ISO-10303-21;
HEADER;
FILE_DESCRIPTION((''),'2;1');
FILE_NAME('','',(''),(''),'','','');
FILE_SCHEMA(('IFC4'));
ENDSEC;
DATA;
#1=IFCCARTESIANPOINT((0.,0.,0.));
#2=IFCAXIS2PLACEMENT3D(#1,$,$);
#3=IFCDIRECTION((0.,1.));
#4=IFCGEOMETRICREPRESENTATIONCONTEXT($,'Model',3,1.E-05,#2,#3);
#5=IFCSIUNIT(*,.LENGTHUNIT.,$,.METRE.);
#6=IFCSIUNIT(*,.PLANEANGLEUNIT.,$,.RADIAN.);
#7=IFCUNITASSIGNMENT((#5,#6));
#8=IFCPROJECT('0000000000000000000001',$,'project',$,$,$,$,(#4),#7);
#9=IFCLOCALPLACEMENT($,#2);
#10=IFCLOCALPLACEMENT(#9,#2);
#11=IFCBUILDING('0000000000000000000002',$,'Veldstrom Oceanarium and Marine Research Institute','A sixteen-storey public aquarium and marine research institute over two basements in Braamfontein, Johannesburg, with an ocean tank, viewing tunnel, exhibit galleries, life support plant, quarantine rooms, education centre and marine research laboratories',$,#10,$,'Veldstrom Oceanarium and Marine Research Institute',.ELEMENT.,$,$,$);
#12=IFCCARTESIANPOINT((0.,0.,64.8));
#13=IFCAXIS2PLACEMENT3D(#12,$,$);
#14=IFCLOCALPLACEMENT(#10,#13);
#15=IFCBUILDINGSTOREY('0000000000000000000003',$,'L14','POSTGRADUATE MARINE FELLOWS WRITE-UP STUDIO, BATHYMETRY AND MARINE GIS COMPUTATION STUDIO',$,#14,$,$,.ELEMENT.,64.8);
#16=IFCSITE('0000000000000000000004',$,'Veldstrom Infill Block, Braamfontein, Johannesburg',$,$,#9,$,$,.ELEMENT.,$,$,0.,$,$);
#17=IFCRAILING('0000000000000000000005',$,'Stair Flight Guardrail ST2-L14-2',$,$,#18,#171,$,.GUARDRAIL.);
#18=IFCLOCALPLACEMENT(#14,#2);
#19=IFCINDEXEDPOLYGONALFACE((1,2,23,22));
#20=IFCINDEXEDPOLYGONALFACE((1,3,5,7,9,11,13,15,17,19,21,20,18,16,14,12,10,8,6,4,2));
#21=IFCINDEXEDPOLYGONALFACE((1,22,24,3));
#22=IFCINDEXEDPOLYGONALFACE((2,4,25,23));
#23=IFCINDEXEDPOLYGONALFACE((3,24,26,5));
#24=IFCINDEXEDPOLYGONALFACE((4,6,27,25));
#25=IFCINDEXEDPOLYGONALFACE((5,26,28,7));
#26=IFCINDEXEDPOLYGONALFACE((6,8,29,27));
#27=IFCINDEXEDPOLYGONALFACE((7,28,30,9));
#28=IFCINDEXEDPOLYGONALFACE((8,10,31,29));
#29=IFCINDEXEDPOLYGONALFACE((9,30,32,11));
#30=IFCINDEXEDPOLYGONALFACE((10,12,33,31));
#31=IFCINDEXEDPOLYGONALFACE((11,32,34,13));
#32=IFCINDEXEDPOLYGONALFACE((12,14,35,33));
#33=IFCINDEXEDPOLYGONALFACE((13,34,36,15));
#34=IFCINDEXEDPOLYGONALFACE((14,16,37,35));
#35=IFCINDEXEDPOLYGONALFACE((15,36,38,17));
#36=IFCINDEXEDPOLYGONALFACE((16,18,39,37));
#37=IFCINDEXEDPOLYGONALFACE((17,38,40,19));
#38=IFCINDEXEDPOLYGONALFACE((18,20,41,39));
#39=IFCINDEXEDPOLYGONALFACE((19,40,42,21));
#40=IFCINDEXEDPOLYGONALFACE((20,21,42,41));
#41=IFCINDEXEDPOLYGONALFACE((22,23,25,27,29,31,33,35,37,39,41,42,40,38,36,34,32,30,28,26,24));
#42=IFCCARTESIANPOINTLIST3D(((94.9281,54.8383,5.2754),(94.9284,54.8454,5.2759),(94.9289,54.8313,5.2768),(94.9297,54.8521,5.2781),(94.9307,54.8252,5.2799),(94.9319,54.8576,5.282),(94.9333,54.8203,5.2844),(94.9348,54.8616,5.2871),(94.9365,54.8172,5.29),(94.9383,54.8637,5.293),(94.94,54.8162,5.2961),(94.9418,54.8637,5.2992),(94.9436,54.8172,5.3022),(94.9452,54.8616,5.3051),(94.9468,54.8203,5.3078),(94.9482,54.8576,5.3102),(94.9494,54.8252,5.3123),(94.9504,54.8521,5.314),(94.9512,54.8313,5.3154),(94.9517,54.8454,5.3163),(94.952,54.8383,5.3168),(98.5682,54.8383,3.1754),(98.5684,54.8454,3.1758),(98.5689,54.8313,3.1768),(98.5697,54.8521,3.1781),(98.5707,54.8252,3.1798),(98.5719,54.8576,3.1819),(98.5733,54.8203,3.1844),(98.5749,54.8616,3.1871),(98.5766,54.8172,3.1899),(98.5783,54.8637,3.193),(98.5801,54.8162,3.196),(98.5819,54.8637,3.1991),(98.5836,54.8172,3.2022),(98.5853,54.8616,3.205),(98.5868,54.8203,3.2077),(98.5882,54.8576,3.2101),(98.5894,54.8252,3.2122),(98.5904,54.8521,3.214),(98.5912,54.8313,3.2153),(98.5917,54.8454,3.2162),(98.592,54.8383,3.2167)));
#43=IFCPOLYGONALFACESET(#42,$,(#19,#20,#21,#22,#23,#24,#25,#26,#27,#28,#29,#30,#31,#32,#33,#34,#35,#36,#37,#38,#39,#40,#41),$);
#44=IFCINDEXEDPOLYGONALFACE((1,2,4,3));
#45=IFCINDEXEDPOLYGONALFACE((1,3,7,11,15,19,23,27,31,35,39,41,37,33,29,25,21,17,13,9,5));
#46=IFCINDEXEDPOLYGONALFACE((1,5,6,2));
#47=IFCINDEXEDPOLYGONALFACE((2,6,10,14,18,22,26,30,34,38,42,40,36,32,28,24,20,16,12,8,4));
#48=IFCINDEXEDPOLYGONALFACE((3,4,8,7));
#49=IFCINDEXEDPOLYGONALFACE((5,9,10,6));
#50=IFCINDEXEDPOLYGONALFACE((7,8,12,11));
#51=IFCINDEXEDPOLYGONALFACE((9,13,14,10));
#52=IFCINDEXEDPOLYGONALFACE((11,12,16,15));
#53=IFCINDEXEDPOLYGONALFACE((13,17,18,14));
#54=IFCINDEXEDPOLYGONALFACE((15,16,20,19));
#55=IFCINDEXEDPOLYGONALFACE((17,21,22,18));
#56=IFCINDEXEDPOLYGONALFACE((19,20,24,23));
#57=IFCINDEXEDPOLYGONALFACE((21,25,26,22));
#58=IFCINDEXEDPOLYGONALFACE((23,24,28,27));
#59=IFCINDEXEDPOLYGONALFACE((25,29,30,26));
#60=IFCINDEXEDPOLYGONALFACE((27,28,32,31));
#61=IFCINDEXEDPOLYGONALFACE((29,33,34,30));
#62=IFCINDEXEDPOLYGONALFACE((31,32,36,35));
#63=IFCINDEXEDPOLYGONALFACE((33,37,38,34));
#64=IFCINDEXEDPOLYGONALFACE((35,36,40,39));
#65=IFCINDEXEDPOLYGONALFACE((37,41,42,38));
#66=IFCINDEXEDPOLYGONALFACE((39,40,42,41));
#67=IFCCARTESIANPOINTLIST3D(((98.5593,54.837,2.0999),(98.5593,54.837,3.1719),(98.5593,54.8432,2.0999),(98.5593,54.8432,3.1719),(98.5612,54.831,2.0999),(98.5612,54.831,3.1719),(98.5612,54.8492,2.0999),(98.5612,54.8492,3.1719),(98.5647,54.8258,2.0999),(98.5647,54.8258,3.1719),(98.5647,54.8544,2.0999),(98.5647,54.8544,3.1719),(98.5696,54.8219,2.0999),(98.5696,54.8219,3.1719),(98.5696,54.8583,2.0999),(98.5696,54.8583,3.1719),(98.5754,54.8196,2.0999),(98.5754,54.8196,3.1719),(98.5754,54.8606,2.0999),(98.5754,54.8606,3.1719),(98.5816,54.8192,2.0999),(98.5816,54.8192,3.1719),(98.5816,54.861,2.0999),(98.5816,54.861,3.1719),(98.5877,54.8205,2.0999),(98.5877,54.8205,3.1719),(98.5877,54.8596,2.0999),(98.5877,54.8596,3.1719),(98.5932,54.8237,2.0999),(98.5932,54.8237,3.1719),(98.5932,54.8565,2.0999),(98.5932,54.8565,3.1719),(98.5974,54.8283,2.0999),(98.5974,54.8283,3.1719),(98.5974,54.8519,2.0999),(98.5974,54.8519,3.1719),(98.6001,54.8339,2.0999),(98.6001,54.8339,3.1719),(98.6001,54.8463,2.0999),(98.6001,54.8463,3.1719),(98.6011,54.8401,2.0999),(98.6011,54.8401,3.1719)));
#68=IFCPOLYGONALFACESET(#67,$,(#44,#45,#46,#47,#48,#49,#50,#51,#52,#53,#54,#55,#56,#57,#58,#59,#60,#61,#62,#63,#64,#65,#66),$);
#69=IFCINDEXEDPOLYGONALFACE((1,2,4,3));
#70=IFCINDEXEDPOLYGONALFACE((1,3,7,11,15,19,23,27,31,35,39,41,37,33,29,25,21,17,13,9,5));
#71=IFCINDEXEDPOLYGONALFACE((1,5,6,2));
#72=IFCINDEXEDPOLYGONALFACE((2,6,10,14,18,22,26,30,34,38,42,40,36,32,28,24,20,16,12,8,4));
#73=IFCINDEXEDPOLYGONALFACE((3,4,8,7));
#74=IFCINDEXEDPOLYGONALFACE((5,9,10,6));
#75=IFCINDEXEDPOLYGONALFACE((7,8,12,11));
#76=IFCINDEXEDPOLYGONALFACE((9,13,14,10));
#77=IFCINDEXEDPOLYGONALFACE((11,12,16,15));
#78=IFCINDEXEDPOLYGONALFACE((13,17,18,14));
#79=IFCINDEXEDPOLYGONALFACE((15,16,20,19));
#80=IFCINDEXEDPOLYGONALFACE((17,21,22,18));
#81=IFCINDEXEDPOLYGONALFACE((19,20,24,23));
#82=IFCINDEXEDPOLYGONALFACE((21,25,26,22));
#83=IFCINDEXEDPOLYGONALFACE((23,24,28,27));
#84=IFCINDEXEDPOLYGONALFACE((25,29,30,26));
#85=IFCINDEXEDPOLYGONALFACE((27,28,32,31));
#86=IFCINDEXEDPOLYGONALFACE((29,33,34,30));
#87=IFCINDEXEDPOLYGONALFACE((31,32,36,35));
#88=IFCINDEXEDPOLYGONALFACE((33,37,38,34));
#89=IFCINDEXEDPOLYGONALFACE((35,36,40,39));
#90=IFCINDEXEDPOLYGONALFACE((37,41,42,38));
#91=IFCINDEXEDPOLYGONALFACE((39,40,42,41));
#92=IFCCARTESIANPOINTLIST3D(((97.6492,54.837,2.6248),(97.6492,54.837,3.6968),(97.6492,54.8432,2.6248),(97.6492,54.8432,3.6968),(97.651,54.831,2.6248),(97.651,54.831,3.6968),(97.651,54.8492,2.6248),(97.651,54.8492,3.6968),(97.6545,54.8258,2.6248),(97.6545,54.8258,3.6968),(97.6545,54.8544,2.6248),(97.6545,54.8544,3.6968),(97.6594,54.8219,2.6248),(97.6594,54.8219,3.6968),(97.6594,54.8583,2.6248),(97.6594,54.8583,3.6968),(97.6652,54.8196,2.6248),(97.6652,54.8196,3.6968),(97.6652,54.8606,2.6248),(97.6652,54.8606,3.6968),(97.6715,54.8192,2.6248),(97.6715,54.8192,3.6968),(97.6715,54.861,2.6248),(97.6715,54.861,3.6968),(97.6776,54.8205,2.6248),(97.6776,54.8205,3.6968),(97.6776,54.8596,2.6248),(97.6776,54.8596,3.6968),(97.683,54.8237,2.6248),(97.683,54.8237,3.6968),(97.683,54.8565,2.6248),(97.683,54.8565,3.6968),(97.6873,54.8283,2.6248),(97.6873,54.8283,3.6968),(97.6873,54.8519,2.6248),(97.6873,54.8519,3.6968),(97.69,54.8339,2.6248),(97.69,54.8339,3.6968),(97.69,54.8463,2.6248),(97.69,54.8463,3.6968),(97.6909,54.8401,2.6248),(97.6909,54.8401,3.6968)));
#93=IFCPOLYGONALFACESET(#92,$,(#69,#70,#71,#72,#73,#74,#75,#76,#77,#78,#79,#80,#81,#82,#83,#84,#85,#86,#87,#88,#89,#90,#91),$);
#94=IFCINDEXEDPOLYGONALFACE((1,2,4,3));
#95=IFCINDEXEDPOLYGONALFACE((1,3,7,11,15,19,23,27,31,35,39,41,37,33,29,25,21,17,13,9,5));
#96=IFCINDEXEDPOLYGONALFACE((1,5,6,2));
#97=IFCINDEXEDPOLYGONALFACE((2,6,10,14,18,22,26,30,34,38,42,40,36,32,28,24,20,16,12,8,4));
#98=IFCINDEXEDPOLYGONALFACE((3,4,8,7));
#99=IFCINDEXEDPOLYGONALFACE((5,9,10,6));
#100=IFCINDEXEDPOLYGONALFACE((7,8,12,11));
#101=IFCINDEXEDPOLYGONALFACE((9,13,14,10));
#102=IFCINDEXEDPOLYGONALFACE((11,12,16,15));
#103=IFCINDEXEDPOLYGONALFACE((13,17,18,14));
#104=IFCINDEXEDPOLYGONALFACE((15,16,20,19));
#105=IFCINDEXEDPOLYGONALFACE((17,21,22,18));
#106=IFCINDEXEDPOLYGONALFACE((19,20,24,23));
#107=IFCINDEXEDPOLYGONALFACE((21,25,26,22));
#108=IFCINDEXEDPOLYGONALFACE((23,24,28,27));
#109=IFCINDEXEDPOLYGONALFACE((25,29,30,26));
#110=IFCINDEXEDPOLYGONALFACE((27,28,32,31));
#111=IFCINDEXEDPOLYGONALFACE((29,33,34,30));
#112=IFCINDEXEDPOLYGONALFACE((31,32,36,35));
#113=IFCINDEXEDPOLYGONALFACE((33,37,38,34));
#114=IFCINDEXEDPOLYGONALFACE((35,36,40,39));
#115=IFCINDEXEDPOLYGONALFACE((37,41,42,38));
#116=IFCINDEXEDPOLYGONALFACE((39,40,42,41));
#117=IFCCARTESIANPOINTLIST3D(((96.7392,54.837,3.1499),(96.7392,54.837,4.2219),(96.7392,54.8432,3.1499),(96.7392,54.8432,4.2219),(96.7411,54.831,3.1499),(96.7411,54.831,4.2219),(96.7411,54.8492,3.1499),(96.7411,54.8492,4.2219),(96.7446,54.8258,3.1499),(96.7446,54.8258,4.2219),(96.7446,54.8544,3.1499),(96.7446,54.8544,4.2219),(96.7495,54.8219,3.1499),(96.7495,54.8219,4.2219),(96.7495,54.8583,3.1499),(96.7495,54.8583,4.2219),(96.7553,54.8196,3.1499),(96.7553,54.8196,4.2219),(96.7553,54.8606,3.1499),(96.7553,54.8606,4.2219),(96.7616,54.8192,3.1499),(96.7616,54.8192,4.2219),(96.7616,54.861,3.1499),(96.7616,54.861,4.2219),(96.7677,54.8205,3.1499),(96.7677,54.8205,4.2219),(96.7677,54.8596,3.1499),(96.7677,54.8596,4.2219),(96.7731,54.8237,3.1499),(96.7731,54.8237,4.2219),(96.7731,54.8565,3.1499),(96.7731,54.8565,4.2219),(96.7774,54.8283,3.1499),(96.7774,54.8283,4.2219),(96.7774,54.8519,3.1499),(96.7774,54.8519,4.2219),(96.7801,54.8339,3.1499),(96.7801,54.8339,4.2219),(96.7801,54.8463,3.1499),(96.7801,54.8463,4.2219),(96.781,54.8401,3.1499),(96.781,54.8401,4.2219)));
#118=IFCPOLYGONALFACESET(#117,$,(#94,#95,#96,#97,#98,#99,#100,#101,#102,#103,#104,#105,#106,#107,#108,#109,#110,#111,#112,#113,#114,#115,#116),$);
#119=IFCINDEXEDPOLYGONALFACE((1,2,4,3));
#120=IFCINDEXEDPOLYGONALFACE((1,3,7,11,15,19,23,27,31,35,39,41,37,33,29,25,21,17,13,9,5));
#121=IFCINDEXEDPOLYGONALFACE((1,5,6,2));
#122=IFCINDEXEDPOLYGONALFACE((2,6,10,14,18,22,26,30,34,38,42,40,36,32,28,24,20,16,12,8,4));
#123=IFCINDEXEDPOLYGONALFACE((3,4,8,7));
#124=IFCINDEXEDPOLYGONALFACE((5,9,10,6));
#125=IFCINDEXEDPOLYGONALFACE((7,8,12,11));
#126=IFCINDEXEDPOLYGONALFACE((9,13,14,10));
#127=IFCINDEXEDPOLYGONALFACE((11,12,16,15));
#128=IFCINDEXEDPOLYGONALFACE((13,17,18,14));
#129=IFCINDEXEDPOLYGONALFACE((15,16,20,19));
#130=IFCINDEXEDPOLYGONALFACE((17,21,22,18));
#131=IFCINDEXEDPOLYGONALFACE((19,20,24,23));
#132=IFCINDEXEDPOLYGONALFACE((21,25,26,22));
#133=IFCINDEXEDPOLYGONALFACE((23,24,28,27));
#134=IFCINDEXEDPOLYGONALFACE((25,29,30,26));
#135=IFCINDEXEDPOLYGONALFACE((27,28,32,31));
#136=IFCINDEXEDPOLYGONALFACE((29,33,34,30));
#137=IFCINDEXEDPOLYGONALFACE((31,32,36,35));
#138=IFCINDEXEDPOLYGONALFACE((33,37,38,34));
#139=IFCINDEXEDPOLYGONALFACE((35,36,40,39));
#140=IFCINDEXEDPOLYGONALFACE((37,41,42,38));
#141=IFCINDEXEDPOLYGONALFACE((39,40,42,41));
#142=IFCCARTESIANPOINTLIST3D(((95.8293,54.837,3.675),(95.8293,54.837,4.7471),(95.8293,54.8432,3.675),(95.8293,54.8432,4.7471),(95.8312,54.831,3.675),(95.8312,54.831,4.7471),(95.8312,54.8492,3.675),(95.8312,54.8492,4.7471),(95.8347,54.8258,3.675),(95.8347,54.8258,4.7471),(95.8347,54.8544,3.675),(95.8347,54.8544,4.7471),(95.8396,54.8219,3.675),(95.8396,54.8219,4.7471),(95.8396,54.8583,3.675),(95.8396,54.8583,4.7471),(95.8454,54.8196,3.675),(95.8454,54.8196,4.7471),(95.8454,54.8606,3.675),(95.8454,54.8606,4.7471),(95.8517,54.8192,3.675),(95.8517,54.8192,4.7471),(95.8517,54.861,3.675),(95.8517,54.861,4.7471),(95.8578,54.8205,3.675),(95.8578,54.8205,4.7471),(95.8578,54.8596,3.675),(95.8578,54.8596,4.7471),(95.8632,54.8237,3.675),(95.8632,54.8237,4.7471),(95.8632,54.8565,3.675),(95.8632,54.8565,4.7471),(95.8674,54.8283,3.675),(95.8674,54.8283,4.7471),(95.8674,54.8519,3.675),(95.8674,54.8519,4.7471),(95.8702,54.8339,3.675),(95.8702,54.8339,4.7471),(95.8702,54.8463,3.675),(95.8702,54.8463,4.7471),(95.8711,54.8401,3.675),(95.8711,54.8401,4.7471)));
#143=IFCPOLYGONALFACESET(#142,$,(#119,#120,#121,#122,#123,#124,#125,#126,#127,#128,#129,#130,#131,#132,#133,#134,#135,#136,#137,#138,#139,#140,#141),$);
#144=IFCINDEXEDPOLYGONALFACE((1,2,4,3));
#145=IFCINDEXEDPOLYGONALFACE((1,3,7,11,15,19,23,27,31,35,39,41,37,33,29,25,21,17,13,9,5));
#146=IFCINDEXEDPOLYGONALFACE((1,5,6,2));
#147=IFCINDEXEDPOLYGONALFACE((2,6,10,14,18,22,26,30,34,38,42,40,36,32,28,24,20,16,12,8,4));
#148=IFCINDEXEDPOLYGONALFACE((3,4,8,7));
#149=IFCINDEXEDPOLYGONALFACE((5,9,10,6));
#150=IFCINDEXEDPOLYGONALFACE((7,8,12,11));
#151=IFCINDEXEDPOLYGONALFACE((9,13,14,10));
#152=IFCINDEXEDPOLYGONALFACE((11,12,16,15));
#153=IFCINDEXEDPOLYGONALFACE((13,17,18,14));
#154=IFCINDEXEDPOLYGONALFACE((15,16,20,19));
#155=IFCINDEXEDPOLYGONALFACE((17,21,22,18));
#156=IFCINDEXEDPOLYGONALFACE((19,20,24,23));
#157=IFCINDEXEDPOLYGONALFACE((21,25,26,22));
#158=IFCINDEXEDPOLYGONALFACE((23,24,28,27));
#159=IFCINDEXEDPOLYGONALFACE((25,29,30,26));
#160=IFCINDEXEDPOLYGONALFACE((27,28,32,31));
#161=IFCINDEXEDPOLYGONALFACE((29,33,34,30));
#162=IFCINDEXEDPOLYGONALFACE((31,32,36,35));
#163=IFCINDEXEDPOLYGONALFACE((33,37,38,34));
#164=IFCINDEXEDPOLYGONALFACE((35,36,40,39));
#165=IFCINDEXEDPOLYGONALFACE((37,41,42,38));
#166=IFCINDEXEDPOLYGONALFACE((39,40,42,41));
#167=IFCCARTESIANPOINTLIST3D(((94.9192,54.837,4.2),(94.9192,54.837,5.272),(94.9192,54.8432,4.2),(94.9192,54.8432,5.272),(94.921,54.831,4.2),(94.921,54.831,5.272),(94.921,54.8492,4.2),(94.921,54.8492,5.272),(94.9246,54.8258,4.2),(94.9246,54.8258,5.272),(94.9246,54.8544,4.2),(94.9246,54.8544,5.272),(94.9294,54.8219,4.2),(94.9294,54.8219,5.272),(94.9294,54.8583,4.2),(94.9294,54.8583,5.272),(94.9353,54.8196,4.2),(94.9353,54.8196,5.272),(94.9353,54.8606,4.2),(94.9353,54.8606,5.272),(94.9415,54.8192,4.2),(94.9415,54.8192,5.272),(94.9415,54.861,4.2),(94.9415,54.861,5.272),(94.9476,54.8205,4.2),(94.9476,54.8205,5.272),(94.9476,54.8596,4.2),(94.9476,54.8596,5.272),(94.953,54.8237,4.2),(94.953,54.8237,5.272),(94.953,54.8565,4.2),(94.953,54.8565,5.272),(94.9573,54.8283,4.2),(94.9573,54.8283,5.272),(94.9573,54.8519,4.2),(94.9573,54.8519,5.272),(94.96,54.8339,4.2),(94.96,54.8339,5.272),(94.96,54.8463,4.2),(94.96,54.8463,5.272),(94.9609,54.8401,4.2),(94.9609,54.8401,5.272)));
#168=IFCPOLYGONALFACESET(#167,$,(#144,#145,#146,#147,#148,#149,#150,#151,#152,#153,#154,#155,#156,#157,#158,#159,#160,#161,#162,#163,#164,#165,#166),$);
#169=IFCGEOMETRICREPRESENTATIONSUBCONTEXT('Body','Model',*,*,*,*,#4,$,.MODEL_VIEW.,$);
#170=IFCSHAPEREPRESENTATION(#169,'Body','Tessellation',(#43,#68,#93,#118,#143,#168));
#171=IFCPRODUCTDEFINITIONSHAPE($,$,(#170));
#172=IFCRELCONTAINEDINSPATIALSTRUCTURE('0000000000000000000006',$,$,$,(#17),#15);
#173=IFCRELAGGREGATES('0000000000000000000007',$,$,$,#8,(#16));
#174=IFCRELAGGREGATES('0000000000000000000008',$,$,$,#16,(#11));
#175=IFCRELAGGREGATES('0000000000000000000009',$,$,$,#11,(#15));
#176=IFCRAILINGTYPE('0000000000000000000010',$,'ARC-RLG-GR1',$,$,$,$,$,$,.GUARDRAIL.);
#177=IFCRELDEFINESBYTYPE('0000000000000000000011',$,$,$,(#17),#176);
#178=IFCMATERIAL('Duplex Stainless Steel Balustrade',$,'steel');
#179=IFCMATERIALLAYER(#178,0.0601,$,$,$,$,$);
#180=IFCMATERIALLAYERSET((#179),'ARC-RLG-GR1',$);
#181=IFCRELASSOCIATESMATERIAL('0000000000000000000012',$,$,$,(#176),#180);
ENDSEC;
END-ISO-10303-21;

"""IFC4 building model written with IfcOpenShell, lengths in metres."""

from ifc_helpers import new_model, si_unit, direction, frame, origin, origin_2d, place, context, subcontext, project, spatial, circle, extrude, material, layer, layer_set, type_object, element, save


model = new_model("IFC4")

# Units and contexts
model_context = context("Model", 3, precision=1e-05, world=origin(), true_north=direction((0.0, 1.0)))
body_context = subcontext(model_context, "Body", "Model", "MODEL_VIEW")
ifc_project = project(units=[si_unit("LENGTHUNIT", "METRE"), si_unit("PLANEANGLEUNIT", "RADIAN")], contexts=[model_context])

# Site, building, storey
site_placement = place(None, origin())
site = spatial("IfcSite", under=ifc_project, at=site_placement, Name="Veldstrom Infill Block, Braamfontein, Johannesburg", CompositionType="ELEMENT", RefElevation=0.0)
building_placement = place(site_placement, origin())
building = spatial("IfcBuilding", under=site, at=building_placement, Name="Veldstrom Oceanarium and Marine Research Institute", Description="A sixteen-storey public aquarium and marine research institute over two basements in Braamfontein, Johannesburg, with an ocean tank, viewing tunnel, exhibit galleries, life support plant, quarantine rooms, education centre and marine research laboratories", LongName="Veldstrom Oceanarium and Marine Research Institute", CompositionType="ELEMENT")
storey_placement = place(building_placement, frame((0.0, 0.0, 64.8)))
storey = spatial("IfcBuildingStorey", under=building, at=storey_placement, Name="L14", Description="POSTGRADUATE MARINE FELLOWS WRITE-UP STUDIO, BATHYMETRY AND MARINE GIS COMPUTATION STUDIO", CompositionType="ELEMENT", Elevation=64.8)

# Railing
ifc_material_1 = material(Name="Duplex Stainless Steel Balustrade", Category="steel")
ifc_layer_1 = layer(ifc_material_1, 0.0601)
ifc_layer_set_1 = layer_set([ifc_layer_1], Name="ARC-RLG-GR1")
railing_type_1 = type_object("IfcRailingType", Name="ARC-RLG-GR1", PredefinedType="GUARDRAIL", material=ifc_layer_set_1)
railing_1_placement = place(storey_placement, frame((98.5801, 54.8401, 2.0999)))
element("IfcRailing", 1, at=railing_1_placement, inside=storey, type_object=railing_type_1, Name="Stair Flight Guardrail ST2-L14-2", PredefinedType="GUARDRAIL", context=body_context, shape_type="SweptSolid", body=[
    extrude(circle(Radius=0.0239, at=origin_2d()), frame((0.0, 0.0, 1.0962), z_axis=(-0.866184, 0.0, 0.499726), x_axis=(0.0, -1.0, 0.0)), (0.0, 0.0, 1.0), 4.2024),
    extrude(circle(Radius=0.021, at=origin_2d()), origin(), (0.0, 0.0, 1.0), 1.072),
    extrude(circle(Radius=0.021, at=origin_2d()), frame((-0.9102, 0.0, 0.5249)), (0.0, 0.0, 1.0), 1.072),
    extrude(circle(Radius=0.021, at=origin_2d()), frame((-1.8201, 0.0, 1.05)), (0.0, 0.0, 1.0), 1.072),
    extrude(circle(Radius=0.021, at=origin_2d()), frame((-2.73, 0.0, 1.5752)), (0.0, 0.0, 1.0), 1.072),
    extrude(circle(Radius=0.021, at=origin_2d()), frame((-3.6401, 0.0, 2.1001)), (0.0, 0.0, 1.0), 1.072),
])

save(model, "model.ifc")
